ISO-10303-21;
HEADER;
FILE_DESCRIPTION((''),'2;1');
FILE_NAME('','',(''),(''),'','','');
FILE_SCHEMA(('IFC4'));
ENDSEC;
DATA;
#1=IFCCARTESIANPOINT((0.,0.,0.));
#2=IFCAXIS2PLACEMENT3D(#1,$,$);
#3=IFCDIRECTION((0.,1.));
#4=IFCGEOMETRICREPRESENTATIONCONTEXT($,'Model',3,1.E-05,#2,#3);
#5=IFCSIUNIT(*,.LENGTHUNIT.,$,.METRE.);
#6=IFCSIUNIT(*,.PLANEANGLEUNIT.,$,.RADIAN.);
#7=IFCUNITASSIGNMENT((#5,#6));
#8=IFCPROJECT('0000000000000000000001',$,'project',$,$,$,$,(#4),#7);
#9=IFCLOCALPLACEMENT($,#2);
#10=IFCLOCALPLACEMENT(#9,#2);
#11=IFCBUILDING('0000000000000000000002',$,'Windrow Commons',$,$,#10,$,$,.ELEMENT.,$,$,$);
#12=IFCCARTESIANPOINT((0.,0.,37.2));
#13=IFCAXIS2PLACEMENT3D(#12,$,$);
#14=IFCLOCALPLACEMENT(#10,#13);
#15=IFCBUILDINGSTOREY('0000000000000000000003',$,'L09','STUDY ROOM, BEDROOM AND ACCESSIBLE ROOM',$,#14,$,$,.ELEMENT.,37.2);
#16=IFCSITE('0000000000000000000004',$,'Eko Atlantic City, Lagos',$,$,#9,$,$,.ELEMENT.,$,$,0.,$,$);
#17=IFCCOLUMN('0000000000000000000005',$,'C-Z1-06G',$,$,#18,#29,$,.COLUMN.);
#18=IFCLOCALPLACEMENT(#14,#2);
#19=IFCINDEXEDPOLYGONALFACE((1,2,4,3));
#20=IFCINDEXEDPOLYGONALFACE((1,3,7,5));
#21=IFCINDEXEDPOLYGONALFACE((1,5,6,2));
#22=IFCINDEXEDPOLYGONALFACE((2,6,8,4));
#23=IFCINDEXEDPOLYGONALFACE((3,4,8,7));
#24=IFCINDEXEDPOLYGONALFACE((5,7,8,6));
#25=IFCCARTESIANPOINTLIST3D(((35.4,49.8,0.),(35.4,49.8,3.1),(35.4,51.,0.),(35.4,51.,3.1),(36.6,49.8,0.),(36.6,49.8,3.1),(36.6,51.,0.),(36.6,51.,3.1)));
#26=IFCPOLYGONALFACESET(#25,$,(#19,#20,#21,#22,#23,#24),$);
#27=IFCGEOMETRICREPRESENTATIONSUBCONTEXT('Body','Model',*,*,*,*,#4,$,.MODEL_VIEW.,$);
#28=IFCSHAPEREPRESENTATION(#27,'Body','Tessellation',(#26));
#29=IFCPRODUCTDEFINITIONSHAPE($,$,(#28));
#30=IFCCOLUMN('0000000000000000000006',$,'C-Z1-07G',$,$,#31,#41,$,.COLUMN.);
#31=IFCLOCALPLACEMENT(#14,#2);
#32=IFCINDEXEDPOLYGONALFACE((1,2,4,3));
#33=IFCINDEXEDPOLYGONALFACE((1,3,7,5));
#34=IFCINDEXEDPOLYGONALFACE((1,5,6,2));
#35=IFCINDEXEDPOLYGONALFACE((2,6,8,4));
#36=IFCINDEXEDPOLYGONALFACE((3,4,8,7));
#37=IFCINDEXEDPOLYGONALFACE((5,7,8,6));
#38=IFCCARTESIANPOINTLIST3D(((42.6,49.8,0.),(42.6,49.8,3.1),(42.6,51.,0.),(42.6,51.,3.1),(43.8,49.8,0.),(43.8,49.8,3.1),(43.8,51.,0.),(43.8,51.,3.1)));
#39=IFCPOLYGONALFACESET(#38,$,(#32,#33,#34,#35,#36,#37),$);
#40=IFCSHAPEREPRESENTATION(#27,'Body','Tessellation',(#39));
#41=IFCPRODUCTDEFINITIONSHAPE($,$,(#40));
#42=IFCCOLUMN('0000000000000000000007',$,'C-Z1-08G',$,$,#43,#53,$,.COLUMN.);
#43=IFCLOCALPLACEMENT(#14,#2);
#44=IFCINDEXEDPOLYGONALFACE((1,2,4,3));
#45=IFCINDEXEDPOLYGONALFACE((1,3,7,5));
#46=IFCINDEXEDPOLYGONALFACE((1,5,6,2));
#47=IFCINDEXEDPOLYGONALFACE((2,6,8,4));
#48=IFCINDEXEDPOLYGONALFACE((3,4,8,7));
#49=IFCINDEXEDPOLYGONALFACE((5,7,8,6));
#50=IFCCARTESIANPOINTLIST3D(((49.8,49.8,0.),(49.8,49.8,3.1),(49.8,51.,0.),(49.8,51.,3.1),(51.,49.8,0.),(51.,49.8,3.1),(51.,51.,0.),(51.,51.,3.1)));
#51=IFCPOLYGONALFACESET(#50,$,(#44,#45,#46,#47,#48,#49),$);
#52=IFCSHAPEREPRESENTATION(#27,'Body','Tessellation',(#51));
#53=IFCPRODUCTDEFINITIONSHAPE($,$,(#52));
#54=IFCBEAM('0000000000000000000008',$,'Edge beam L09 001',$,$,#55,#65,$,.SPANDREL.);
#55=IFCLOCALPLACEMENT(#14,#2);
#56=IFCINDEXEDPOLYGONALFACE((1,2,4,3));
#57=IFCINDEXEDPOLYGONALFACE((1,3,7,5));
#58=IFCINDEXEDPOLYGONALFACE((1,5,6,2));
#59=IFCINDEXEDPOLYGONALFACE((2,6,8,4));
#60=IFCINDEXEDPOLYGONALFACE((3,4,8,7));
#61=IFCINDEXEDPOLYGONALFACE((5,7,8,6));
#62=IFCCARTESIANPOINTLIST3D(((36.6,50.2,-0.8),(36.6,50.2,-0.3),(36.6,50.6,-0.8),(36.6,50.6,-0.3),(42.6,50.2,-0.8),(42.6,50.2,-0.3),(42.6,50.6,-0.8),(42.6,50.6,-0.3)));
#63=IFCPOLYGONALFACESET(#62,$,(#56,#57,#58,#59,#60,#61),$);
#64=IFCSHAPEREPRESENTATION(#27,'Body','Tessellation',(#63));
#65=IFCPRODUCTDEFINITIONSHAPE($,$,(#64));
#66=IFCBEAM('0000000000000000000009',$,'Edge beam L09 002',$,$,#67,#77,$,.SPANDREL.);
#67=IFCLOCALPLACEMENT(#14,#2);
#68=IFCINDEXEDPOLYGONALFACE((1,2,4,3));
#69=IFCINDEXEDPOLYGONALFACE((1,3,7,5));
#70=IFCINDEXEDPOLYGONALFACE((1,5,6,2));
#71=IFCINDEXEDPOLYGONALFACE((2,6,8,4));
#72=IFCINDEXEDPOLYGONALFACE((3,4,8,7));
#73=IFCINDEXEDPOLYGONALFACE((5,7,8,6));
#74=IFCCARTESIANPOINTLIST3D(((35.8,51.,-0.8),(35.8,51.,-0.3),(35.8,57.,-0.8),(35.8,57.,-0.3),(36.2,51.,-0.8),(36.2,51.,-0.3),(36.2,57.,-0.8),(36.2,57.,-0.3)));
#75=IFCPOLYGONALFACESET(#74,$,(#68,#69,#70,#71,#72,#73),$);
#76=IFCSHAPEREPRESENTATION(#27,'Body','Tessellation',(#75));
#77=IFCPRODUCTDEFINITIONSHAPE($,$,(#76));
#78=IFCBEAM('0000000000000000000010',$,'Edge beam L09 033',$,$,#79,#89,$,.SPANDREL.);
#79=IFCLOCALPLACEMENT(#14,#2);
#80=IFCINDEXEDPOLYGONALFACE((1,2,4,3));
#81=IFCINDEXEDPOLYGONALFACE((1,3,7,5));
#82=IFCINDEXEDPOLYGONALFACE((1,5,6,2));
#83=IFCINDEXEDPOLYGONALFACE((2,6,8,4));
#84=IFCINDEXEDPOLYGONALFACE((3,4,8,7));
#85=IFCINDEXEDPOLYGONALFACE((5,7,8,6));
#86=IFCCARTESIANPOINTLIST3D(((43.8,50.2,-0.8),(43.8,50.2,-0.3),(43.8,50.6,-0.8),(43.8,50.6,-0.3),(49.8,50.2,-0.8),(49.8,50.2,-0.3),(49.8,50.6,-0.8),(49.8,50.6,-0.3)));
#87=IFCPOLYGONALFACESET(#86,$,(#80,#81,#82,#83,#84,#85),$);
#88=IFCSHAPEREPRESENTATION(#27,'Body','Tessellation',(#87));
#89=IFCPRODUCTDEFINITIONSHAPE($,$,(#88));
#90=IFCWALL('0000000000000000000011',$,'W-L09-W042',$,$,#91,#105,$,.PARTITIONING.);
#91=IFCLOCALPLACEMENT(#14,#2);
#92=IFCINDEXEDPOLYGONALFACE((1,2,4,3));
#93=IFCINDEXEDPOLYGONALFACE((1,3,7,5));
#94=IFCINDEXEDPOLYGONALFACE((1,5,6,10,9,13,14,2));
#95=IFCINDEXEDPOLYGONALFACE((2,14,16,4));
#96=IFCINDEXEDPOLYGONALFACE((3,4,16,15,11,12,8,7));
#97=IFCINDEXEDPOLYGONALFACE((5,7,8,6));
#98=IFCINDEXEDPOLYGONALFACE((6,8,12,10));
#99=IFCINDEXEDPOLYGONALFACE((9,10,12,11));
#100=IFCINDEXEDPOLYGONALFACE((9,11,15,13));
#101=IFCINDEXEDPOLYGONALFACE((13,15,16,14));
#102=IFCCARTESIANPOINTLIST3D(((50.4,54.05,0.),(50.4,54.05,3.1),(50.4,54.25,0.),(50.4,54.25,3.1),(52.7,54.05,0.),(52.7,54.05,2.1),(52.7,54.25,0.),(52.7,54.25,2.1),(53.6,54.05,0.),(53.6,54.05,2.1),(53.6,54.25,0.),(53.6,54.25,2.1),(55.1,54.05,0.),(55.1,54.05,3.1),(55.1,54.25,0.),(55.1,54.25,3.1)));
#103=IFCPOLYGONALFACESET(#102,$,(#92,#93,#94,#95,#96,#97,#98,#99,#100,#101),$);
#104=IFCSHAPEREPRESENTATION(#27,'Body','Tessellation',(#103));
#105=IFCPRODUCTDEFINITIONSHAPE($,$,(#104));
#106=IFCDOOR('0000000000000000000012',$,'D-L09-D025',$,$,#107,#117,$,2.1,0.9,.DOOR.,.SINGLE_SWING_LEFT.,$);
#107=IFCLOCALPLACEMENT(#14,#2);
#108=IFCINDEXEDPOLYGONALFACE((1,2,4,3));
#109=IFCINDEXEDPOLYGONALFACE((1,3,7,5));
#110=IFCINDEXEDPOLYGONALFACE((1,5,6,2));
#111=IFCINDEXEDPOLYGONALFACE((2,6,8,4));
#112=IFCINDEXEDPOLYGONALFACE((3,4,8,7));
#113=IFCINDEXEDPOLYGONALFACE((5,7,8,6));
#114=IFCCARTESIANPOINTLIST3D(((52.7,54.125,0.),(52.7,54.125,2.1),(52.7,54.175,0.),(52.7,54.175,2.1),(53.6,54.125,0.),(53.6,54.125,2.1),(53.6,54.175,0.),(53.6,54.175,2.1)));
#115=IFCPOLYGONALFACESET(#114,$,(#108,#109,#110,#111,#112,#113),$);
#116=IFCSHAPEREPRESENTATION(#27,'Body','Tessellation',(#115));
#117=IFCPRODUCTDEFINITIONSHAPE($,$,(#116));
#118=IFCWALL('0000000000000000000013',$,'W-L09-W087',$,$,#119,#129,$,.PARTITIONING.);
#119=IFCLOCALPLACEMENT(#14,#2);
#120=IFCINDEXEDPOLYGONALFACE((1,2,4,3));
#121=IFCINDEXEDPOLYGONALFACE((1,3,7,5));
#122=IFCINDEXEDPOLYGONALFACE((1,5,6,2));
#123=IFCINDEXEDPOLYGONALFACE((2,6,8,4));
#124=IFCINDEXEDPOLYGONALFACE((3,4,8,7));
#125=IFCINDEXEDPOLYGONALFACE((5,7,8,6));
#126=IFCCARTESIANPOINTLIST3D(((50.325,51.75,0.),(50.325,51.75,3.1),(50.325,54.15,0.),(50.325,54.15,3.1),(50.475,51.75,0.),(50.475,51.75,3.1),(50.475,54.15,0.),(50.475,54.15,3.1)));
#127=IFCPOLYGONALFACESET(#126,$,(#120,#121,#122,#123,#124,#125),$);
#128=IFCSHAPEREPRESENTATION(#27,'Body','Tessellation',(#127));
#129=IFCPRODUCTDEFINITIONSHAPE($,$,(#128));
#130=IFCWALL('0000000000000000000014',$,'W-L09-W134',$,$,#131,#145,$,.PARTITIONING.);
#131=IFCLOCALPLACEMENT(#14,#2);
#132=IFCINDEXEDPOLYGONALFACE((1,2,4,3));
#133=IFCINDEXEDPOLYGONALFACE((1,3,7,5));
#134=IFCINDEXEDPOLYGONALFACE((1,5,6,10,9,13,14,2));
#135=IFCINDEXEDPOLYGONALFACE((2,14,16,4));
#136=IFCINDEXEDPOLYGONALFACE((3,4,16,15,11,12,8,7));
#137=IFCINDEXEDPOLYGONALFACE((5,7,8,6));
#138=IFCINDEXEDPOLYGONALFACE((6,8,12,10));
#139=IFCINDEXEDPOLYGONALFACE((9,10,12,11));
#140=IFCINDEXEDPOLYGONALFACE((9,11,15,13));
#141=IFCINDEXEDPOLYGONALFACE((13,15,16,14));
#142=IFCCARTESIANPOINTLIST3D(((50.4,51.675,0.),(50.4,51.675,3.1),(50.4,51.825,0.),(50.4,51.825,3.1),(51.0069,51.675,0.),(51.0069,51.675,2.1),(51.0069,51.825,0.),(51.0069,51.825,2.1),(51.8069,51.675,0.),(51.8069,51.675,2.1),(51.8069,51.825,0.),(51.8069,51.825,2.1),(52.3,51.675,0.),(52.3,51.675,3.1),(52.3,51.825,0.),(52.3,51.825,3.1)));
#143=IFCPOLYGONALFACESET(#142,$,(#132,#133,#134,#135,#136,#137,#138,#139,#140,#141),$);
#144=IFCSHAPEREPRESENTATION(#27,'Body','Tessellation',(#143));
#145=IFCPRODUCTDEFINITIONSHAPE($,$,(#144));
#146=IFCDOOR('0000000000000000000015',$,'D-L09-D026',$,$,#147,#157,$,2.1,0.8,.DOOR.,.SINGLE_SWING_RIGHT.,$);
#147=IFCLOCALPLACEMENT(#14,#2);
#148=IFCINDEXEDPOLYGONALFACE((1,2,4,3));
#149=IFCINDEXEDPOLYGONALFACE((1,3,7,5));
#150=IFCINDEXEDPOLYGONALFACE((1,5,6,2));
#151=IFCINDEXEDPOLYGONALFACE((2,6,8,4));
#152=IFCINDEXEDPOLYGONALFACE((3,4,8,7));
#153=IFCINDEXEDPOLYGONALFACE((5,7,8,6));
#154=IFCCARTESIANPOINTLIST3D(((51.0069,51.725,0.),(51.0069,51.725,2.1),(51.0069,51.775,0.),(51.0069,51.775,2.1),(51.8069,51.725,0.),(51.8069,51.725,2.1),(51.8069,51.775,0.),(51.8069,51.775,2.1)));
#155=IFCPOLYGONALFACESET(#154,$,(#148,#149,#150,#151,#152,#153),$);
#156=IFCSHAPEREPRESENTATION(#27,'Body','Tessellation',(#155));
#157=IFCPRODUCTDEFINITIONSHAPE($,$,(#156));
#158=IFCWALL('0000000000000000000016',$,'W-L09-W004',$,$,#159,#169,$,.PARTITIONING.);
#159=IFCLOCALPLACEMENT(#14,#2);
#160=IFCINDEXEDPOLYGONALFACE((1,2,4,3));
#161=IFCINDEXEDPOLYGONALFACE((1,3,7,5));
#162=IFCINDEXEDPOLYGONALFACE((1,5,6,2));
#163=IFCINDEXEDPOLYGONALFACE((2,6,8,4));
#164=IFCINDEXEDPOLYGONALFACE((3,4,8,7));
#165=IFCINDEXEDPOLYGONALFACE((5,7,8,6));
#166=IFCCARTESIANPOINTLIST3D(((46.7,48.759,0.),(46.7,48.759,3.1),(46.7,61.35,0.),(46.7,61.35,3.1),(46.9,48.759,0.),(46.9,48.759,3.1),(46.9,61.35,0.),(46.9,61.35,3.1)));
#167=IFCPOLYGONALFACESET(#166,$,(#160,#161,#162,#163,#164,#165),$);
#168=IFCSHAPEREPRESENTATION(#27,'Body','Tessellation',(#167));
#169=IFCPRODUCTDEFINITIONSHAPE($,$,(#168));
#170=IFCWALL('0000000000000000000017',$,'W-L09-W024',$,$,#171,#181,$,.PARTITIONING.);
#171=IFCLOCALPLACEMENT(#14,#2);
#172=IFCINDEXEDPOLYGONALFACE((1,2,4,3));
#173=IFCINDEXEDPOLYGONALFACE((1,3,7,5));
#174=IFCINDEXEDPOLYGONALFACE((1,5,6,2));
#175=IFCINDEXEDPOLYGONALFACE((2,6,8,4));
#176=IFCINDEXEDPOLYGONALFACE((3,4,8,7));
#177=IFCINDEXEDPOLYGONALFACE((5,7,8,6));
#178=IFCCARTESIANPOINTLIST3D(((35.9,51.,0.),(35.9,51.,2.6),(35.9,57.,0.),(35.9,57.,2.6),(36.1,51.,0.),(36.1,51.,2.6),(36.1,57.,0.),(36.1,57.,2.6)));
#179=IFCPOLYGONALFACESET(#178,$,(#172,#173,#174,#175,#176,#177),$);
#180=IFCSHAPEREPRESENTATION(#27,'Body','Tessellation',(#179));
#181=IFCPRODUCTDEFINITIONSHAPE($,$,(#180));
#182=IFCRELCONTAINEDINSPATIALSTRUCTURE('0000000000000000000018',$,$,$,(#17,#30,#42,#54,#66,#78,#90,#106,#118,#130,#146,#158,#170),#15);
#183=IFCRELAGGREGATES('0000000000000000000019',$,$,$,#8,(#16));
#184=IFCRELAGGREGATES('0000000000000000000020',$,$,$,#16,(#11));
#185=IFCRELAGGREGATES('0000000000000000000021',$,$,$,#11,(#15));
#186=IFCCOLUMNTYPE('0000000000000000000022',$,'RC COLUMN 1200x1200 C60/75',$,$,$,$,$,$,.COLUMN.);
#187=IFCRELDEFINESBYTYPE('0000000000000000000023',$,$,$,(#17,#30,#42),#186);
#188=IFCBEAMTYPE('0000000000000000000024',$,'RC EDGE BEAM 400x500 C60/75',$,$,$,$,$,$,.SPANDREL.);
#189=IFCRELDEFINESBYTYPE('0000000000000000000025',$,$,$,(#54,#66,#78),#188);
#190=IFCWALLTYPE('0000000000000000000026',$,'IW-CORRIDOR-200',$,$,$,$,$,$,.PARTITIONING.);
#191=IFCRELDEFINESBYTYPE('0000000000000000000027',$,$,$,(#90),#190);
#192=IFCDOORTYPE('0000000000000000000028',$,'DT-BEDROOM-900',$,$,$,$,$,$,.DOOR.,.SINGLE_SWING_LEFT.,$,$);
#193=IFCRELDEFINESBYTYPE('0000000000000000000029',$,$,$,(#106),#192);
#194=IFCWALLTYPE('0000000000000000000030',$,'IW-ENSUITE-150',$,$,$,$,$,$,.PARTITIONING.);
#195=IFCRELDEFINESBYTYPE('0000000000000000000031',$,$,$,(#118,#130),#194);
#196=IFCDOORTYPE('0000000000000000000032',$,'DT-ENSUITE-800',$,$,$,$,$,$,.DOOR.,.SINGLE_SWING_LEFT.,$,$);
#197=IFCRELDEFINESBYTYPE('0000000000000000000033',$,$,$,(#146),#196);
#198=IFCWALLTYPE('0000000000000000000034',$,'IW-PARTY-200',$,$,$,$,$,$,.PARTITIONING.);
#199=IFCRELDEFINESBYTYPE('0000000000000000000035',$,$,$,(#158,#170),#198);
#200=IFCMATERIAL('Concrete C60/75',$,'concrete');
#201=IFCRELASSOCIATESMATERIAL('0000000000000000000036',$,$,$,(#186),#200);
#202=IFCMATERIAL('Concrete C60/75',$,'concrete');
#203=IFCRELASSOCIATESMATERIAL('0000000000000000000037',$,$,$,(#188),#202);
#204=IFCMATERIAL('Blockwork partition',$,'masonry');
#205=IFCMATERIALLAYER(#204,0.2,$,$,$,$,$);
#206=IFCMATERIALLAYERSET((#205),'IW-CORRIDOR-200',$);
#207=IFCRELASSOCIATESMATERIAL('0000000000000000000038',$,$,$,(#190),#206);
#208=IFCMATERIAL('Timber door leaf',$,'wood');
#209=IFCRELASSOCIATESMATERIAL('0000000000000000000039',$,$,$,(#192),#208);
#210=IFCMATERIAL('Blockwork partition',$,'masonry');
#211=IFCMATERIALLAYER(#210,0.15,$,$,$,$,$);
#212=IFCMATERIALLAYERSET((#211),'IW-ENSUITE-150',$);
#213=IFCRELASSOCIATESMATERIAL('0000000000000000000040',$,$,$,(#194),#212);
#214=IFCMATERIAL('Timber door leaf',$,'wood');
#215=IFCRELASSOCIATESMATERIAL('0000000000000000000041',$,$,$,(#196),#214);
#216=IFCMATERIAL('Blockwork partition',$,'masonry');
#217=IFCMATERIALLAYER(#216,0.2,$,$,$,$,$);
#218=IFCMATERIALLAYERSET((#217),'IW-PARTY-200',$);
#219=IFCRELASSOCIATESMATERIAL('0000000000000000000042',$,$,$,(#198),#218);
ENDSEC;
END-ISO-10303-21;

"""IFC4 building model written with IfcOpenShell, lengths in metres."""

from ifc_helpers import new_model, si_unit, direction, frame, frame_2d, origin, origin_2d, place, context, subcontext, project, spatial, rectangle, extrude, material, layer, layer_set, material_profile, profile_set, type_object, element, fill, save


model = new_model("IFC4")

# Units and contexts
model_context = context("Model", 3, precision=1e-05, world=origin(), true_north=direction((0.0, 1.0)))
body_context = subcontext(model_context, "Body", "Model", "MODEL_VIEW")
ifc_project = project(units=[si_unit("LENGTHUNIT", "METRE"), si_unit("PLANEANGLEUNIT", "RADIAN")], contexts=[model_context])

# Site, building, storey
site_placement = place(None, origin())
site = spatial("IfcSite", under=ifc_project, at=site_placement, Name="Eko Atlantic City, Lagos", CompositionType="ELEMENT", RefElevation=0.0)
building_placement = place(site_placement, origin())
building = spatial("IfcBuilding", under=site, at=building_placement, Name="Windrow Commons", CompositionType="ELEMENT")
storey_placement = place(building_placement, frame((0.0, 0.0, 37.2)))
storey = spatial("IfcBuildingStorey", under=building, at=storey_placement, Name="L09", Description="STUDY ROOM, BEDROOM AND ACCESSIBLE ROOM", CompositionType="ELEMENT", Elevation=37.2)

# Columns
ifc_material_1 = material(Name="Concrete C60/75", Category="concrete")
ifc_material_profile_1 = material_profile(ifc_material_1, rectangle(XDim=1.2, YDim=1.2, at=origin_2d()))
ifc_profile_set_1 = profile_set([ifc_material_profile_1], Name="Concrete C60/75")
column_type = type_object("IfcColumnType", Name="RC COLUMN 1200x1200 C60/75", PredefinedType="COLUMN", material=ifc_profile_set_1)
for number, where, z_axis, x_axis, name in (
    (1, (36.0, 50.4, 0.0), (0.0, 0.0, 1.0), (1.0, 0.0, 0.0), "C-Z1-06G"),
    (2, (43.2, 50.4, 0.0), (0.0, 0.0, 1.0), (1.0, 0.0, 0.0), "C-Z1-07G"),
    (3, (50.4, 50.4, 0.0), (0.0, 0.0, 1.0), (1.0, 0.0, 0.0), "C-Z1-08G"),
):
    element("IfcColumn", number, at=place(storey_placement, frame(where, z_axis=z_axis, x_axis=x_axis)), inside=storey, type_object=column_type, Name=name, PredefinedType="COLUMN", context=body_context, shape_type="SweptSolid", body=[
        extrude(rectangle(XDim=1.2, YDim=1.2, at=origin_2d()), origin(), (0.0, 0.0, 1.0), 3.1),
    ])

# Beams
ifc_material_2 = material(Name="Concrete C60/75", Category="concrete")
ifc_material_profile_2 = material_profile(ifc_material_2, rectangle(XDim=0.4, YDim=0.5, at=origin_2d()))
ifc_profile_set_2 = profile_set([ifc_material_profile_2], Name="Concrete C60/75")
beam_type = type_object("IfcBeamType", Name="RC EDGE BEAM 400x500 C60/75", PredefinedType="SPANDREL", material=ifc_profile_set_2)
for number, where, z_axis, x_axis, name in (
    (4, (42.6, 50.4, -0.55), (-1.0, 0.0, 0.0), (0.0, -1.0, 0.0), "Edge beam L09 001"),
    (5, (36.0, 51.0, -0.55), (0.0, 1.0, 0.0), (-1.0, 0.0, 0.0), "Edge beam L09 002"),
    (6, (49.8, 50.4, -0.55), (-1.0, 0.0, 0.0), (0.0, -1.0, 0.0), "Edge beam L09 033"),
):
    element("IfcBeam", number, at=place(storey_placement, frame(where, z_axis=z_axis, x_axis=x_axis)), inside=storey, type_object=beam_type, Name=name, PredefinedType="SPANDREL", context=body_context, shape_type="SweptSolid", body=[
        extrude(rectangle(XDim=0.4, YDim=0.5, at=origin_2d()), origin(), (0.0, 0.0, 1.0), 6.0),
    ])

# Wall, opening, door
ifc_material_3 = material(Name="Blockwork partition", Category="masonry")
ifc_layer_1 = layer(ifc_material_3, 0.2)
ifc_layer_set_1 = layer_set([ifc_layer_1], Name="IW-CORRIDOR-200")
wall_type_1 = type_object("IfcWallType", Name="IW-CORRIDOR-200", PredefinedType="PARTITIONING", material=ifc_layer_set_1)
wall_1_placement = place(storey_placement, frame((50.4, 54.15, 0.0), z_axis=(0.0, 0.0, 1.0), x_axis=(1.0, 0.0, 0.0)))
wall_1 = element("IfcWall", 7, at=wall_1_placement, inside=storey, type_object=wall_type_1, Name="W-L09-W042", PredefinedType="PARTITIONING", context=body_context, shape_type="SweptSolid", body=[
    extrude(rectangle(XDim=4.7, YDim=0.2, at=frame_2d((2.35, 0.0))), origin(), (0.0, 0.0, 1.0), 3.1),
])
opening_1_placement = place(wall_1_placement, frame((2.3, 0.0, 0.0)))
opening_1 = element("IfcOpeningElement", 8, at=opening_1_placement, cuts=wall_1, PredefinedType="OPENING", context=body_context, shape_type="SweptSolid", body=[
    extrude(rectangle(XDim=0.9, YDim=2.1, at=frame_2d((0.45, 1.05))), frame((0.0, 0.11, 0.0), z_axis=(0.0, -1.0, 0.0), x_axis=(1.0, 0.0, 0.0)), (0.0, 0.0, 1.0), 0.22),
])
ifc_material_4 = material(Name="Timber door leaf", Category="wood")
door_type_1 = type_object("IfcDoorType", Name="DT-BEDROOM-900", OperationType="SINGLE_SWING_LEFT", PredefinedType="DOOR", material=ifc_material_4)
door_1_placement = place(opening_1_placement, origin())
door_1 = element("IfcDoor", 9, at=door_1_placement, inside=storey, type_object=door_type_1, Name="D-L09-D025", OperationType="SINGLE_SWING_LEFT", OverallHeight=2.1, OverallWidth=0.9, PredefinedType="DOOR", context=body_context, shape_type="SweptSolid", body=[
    extrude(rectangle(XDim=0.9, YDim=2.1, at=frame_2d((0.45, 1.05))), frame((0.0, 0.025, 0.0), z_axis=(0.0, -1.0, 0.0), x_axis=(1.0, 0.0, 0.0)), (0.0, 0.0, 1.0), 0.05),
])
fill(opening_1, door_1)

# Wall
ifc_material_5 = material(Name="Blockwork partition", Category="masonry")
ifc_layer_2 = layer(ifc_material_5, 0.15)
ifc_layer_set_2 = layer_set([ifc_layer_2], Name="IW-ENSUITE-150")
wall_type_2 = type_object("IfcWallType", Name="IW-ENSUITE-150", PredefinedType="PARTITIONING", material=ifc_layer_set_2)
wall_2_placement = place(storey_placement, frame((50.4, 51.75, 0.0), z_axis=(0.0, 0.0, 1.0), x_axis=(0.0, 1.0, 0.0)))
element("IfcWall", 10, at=wall_2_placement, inside=storey, type_object=wall_type_2, Name="W-L09-W087", PredefinedType="PARTITIONING", context=body_context, shape_type="SweptSolid", body=[
    extrude(rectangle(XDim=2.4, YDim=0.15, at=frame_2d((1.2, 0.0))), origin(), (0.0, 0.0, 1.0), 3.1),
])

# Wall, opening, door
wall_3_placement = place(storey_placement, frame((50.4, 51.75, 0.0), z_axis=(0.0, 0.0, 1.0), x_axis=(1.0, 0.0, 0.0)))
wall_3 = element("IfcWall", 11, at=wall_3_placement, inside=storey, type_object=wall_type_2, Name="W-L09-W134", PredefinedType="PARTITIONING", context=body_context, shape_type="SweptSolid", body=[
    extrude(rectangle(XDim=1.9, YDim=0.15, at=frame_2d((0.95, 0.0))), origin(), (0.0, 0.0, 1.0), 3.1),
])
opening_2_placement = place(wall_3_placement, frame((0.6069, 0.0, 0.0)))
opening_2 = element("IfcOpeningElement", 12, at=opening_2_placement, cuts=wall_3, PredefinedType="OPENING", context=body_context, shape_type="SweptSolid", body=[
    extrude(rectangle(XDim=0.8, YDim=2.1, at=frame_2d((0.4, 1.05))), frame((0.0, 0.085, 0.0), z_axis=(0.0, -1.0, 0.0), x_axis=(1.0, 0.0, 0.0)), (0.0, 0.0, 1.0), 0.17),
])
ifc_material_6 = material(Name="Timber door leaf", Category="wood")
door_type_2 = type_object("IfcDoorType", Name="DT-ENSUITE-800", OperationType="SINGLE_SWING_LEFT", PredefinedType="DOOR", material=ifc_material_6)
door_2_placement = place(opening_2_placement, origin())
door_2 = element("IfcDoor", 13, at=door_2_placement, inside=storey, type_object=door_type_2, Name="D-L09-D026", OperationType="SINGLE_SWING_RIGHT", OverallHeight=2.1, OverallWidth=0.8, PredefinedType="DOOR", context=body_context, shape_type="SweptSolid", body=[
    extrude(rectangle(XDim=0.8, YDim=2.1, at=frame_2d((0.4, 1.05))), frame((0.0, 0.025, 0.0), z_axis=(0.0, -1.0, 0.0), x_axis=(1.0, 0.0, 0.0)), (0.0, 0.0, 1.0), 0.05),
])
fill(opening_2, door_2)

# Walls
ifc_material_7 = material(Name="Blockwork partition", Category="masonry")
ifc_layer_3 = layer(ifc_material_7, 0.2)
ifc_layer_set_3 = layer_set([ifc_layer_3], Name="IW-PARTY-200")
wall_type_3 = type_object("IfcWallType", Name="IW-PARTY-200", PredefinedType="PARTITIONING", material=ifc_layer_set_3)
wall_4_placement = place(storey_placement, frame((46.8, 48.759, 0.0), z_axis=(0.0, 0.0, 1.0), x_axis=(0.0, 1.0, 0.0)))
element("IfcWall", 14, at=wall_4_placement, inside=storey, type_object=wall_type_3, Name="W-L09-W004", PredefinedType="PARTITIONING", context=body_context, shape_type="SweptSolid", body=[
    extrude(rectangle(XDim=12.591, YDim=0.2, at=frame_2d((6.2955, 0.0))), origin(), (0.0, 0.0, 1.0), 3.1),
])
wall_5_placement = place(storey_placement, frame((36.0, 51.0, 0.0), z_axis=(0.0, 0.0, 1.0), x_axis=(0.0, 1.0, 0.0)))
element("IfcWall", 15, at=wall_5_placement, inside=storey, type_object=wall_type_3, Name="W-L09-W024", PredefinedType="PARTITIONING", context=body_context, shape_type="SweptSolid", body=[
    extrude(rectangle(XDim=6.0, YDim=0.2, at=frame_2d((3.0, 0.0))), origin(), (0.0, 0.0, 1.0), 2.6),
])

save(model, "model.ifc")
